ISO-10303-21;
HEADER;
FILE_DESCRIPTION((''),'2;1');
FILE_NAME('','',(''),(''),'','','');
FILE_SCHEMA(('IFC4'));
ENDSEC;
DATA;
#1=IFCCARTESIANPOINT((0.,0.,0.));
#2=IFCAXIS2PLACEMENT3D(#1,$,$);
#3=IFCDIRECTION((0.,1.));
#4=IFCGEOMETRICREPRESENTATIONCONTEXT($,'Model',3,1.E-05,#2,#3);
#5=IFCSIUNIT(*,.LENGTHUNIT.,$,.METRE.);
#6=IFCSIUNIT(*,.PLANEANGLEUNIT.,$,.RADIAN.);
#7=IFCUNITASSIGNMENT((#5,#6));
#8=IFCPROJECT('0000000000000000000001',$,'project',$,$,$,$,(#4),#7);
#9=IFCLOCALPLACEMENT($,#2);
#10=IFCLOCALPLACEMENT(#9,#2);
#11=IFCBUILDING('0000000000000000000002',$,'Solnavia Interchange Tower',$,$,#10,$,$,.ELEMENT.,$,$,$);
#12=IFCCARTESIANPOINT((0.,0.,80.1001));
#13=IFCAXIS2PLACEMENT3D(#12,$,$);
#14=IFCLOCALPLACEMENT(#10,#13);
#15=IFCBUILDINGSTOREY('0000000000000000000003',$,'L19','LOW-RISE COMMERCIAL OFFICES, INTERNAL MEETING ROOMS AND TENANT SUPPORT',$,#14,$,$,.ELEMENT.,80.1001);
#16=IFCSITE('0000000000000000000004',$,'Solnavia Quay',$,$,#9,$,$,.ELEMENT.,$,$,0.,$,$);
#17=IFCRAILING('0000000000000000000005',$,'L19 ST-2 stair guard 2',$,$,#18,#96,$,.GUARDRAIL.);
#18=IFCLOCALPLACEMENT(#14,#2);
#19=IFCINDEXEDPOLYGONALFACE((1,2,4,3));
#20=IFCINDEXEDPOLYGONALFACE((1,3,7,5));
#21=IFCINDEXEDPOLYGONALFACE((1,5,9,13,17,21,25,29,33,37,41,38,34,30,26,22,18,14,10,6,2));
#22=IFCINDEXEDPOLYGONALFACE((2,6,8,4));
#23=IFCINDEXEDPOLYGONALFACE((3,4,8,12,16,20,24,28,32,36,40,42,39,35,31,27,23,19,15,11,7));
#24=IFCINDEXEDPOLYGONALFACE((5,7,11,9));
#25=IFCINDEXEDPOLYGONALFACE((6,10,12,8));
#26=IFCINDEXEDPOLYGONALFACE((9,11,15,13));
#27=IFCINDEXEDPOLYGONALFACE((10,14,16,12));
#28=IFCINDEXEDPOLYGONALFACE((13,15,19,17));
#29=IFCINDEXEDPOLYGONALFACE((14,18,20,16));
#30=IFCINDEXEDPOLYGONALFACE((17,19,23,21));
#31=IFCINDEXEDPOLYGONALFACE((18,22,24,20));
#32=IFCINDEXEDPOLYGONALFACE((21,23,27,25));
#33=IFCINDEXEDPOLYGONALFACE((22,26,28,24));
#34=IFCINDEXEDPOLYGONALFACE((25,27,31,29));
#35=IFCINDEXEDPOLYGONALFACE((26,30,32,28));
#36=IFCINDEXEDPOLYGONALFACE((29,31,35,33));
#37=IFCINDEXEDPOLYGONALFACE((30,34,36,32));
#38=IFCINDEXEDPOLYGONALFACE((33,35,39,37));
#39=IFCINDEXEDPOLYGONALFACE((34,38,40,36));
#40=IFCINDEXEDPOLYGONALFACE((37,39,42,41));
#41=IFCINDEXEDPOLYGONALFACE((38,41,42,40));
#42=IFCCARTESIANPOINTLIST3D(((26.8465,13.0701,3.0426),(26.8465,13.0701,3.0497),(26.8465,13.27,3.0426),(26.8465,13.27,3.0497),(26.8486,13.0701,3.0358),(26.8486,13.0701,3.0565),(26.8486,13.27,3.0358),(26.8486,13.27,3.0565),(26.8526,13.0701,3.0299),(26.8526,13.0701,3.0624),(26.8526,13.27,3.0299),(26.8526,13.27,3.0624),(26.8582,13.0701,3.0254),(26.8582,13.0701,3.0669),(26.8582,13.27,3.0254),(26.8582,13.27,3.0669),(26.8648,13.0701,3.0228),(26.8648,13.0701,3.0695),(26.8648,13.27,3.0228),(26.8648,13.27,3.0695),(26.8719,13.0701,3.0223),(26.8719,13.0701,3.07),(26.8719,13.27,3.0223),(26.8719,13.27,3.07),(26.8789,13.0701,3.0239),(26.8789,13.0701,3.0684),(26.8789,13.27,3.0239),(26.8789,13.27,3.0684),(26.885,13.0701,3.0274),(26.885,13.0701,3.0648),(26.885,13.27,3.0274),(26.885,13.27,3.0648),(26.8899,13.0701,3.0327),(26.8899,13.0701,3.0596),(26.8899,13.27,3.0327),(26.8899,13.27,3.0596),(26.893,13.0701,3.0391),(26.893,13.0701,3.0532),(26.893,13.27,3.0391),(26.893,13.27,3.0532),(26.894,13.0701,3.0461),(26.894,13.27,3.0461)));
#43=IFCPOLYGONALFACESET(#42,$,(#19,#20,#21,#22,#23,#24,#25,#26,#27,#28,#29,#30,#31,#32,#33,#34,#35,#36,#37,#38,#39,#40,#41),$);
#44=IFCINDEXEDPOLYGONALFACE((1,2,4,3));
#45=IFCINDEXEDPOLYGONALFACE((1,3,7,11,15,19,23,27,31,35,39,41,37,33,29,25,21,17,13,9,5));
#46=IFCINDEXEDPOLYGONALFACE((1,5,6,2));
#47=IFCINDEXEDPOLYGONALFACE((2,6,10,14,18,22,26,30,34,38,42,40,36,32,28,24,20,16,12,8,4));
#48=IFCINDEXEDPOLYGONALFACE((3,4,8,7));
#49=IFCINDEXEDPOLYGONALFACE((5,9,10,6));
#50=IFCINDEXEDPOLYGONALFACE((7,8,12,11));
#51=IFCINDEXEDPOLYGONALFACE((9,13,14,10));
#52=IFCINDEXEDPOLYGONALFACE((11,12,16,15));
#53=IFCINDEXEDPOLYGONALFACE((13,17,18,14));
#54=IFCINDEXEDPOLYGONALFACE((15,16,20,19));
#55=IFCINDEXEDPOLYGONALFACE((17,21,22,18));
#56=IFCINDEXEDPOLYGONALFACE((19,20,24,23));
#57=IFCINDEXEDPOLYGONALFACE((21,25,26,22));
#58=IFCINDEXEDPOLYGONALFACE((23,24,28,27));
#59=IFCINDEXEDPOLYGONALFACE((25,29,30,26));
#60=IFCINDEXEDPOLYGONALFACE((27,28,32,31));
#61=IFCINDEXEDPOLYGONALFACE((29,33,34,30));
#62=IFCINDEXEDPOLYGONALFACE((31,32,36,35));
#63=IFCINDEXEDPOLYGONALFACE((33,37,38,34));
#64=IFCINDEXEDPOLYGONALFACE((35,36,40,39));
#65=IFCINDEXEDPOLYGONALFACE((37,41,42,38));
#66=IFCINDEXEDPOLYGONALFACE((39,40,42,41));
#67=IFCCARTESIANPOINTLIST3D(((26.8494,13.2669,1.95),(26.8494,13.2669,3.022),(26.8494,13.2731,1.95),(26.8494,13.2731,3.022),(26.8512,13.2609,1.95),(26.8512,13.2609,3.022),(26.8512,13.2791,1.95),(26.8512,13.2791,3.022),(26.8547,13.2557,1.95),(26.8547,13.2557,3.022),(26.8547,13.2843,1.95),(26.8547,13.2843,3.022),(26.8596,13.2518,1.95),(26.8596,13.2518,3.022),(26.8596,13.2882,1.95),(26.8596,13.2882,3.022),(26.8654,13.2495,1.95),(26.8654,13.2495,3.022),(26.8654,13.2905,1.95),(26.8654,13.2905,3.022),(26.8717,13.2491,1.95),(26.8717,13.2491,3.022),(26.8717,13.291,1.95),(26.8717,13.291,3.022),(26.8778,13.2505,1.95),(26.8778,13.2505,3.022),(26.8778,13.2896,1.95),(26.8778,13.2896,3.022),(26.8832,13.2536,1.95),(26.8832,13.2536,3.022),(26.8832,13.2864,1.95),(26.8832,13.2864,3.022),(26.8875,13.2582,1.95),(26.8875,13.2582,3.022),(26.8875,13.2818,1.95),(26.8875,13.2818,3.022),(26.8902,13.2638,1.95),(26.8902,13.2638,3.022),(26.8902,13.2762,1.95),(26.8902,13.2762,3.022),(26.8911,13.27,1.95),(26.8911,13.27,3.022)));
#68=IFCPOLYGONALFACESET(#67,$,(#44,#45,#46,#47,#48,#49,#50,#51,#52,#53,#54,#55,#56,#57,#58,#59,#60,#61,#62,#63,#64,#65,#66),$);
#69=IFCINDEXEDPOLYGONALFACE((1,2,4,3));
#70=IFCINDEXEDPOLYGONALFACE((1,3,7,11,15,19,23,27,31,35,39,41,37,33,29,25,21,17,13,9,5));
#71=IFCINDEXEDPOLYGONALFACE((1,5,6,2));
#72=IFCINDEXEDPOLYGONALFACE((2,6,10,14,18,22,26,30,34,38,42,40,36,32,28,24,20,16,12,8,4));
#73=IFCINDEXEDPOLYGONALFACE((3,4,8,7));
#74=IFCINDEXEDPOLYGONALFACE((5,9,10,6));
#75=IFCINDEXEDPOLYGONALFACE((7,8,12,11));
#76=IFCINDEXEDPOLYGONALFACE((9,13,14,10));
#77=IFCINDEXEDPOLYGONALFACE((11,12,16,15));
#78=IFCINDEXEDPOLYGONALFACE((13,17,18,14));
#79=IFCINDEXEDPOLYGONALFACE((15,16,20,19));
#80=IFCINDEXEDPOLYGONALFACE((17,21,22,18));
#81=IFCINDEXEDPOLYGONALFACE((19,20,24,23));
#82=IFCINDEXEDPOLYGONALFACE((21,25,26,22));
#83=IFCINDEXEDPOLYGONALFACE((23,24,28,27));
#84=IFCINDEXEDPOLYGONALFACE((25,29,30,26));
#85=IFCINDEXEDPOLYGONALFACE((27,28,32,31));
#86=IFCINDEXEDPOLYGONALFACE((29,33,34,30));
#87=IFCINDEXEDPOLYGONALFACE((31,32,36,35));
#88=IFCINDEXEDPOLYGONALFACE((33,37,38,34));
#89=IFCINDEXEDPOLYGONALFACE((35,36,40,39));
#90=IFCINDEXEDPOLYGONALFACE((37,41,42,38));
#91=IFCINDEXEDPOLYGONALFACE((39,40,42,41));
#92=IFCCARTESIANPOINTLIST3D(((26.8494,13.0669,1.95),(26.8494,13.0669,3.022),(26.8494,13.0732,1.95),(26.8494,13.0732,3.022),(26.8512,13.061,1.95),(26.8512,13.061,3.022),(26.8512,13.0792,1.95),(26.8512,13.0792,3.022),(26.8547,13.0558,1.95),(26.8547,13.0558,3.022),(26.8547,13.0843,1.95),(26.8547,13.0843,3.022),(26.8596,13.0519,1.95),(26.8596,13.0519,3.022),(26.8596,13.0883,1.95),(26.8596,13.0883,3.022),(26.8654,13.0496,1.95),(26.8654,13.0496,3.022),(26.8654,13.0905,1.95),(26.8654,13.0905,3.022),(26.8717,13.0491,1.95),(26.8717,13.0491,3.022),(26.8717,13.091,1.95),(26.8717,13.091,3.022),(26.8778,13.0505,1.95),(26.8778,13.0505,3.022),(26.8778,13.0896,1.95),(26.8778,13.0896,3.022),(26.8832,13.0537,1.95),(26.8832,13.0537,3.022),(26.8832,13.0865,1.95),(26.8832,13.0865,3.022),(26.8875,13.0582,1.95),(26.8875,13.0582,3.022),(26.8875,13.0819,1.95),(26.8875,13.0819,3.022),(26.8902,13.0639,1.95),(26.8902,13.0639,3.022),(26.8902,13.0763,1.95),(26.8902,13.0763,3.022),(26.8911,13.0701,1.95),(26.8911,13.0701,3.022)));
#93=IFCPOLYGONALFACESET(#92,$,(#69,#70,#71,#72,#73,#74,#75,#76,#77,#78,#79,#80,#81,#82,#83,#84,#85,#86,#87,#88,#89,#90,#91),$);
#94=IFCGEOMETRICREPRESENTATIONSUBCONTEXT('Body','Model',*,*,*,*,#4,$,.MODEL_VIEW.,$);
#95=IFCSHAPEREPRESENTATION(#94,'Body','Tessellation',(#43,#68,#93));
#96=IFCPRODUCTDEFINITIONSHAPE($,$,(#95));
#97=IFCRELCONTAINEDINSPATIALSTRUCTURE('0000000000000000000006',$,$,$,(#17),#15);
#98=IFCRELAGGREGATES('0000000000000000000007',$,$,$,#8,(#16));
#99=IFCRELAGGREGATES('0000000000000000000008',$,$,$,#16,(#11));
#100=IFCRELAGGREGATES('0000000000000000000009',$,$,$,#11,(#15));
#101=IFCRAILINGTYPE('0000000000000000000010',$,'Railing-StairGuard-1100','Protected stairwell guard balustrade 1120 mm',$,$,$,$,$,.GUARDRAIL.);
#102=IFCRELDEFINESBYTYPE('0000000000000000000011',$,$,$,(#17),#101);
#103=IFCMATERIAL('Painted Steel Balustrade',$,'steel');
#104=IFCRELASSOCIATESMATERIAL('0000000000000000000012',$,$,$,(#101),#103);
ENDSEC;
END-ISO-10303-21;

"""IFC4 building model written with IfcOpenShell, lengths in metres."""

from ifc_helpers import new_model, si_unit, direction, frame, origin, origin_2d, place, context, subcontext, project, spatial, circle, extrude, material, type_object, element, save


model = new_model("IFC4")

# Units and contexts
model_context = context("Model", 3, precision=1e-05, world=origin(), true_north=direction((0.0, 1.0)))
body_context = subcontext(model_context, "Body", "Model", "MODEL_VIEW")
ifc_project = project(units=[si_unit("LENGTHUNIT", "METRE"), si_unit("PLANEANGLEUNIT", "RADIAN")], contexts=[model_context])

# Site, building, storey
site_placement = place(None, origin())
site = spatial("IfcSite", under=ifc_project, at=site_placement, Name="Solnavia Quay", CompositionType="ELEMENT", RefElevation=0.0)
building_placement = place(site_placement, origin())
building = spatial("IfcBuilding", under=site, at=building_placement, Name="Solnavia Interchange Tower", CompositionType="ELEMENT")
storey_placement = place(building_placement, frame((0.0, 0.0, 80.1001)))
storey = spatial("IfcBuildingStorey", under=building, at=storey_placement, Name="L19", Description="LOW-RISE COMMERCIAL OFFICES, INTERNAL MEETING ROOMS AND TENANT SUPPORT", CompositionType="ELEMENT", Elevation=80.1001)

# Railing
ifc_material_1 = material(Name="Painted Steel Balustrade", Category="steel")
railing_type_1 = type_object("IfcRailingType", Name="Railing-StairGuard-1100", Description="Protected stairwell guard balustrade 1120 mm", PredefinedType="GUARDRAIL", material=ifc_material_1)
railing_1_placement = place(storey_placement, frame((26.8701, 13.27, 1.95)))
element("IfcRailing", 1, at=railing_1_placement, inside=storey, type_object=railing_type_1, Name="L19 ST-2 stair guard 2", PredefinedType="GUARDRAIL", context=body_context, shape_type="SweptSolid", body=[
    extrude(circle(Radius=0.0239, at=origin_2d()), frame((0.0, 0.0, 1.0962), z_axis=(0.0, -1.0, 0.0), x_axis=(1.0, 0.0, 0.0)), (0.0, 0.0, 1.0), 0.2),
    extrude(circle(Radius=0.021, at=origin_2d()), origin(), (0.0, 0.0, 1.0), 1.072),
    extrude(circle(Radius=0.021, at=origin_2d()), frame((0.0, -0.2, 0.0)), (0.0, 0.0, 1.0), 1.072),
])

save(model, "model.ifc")
